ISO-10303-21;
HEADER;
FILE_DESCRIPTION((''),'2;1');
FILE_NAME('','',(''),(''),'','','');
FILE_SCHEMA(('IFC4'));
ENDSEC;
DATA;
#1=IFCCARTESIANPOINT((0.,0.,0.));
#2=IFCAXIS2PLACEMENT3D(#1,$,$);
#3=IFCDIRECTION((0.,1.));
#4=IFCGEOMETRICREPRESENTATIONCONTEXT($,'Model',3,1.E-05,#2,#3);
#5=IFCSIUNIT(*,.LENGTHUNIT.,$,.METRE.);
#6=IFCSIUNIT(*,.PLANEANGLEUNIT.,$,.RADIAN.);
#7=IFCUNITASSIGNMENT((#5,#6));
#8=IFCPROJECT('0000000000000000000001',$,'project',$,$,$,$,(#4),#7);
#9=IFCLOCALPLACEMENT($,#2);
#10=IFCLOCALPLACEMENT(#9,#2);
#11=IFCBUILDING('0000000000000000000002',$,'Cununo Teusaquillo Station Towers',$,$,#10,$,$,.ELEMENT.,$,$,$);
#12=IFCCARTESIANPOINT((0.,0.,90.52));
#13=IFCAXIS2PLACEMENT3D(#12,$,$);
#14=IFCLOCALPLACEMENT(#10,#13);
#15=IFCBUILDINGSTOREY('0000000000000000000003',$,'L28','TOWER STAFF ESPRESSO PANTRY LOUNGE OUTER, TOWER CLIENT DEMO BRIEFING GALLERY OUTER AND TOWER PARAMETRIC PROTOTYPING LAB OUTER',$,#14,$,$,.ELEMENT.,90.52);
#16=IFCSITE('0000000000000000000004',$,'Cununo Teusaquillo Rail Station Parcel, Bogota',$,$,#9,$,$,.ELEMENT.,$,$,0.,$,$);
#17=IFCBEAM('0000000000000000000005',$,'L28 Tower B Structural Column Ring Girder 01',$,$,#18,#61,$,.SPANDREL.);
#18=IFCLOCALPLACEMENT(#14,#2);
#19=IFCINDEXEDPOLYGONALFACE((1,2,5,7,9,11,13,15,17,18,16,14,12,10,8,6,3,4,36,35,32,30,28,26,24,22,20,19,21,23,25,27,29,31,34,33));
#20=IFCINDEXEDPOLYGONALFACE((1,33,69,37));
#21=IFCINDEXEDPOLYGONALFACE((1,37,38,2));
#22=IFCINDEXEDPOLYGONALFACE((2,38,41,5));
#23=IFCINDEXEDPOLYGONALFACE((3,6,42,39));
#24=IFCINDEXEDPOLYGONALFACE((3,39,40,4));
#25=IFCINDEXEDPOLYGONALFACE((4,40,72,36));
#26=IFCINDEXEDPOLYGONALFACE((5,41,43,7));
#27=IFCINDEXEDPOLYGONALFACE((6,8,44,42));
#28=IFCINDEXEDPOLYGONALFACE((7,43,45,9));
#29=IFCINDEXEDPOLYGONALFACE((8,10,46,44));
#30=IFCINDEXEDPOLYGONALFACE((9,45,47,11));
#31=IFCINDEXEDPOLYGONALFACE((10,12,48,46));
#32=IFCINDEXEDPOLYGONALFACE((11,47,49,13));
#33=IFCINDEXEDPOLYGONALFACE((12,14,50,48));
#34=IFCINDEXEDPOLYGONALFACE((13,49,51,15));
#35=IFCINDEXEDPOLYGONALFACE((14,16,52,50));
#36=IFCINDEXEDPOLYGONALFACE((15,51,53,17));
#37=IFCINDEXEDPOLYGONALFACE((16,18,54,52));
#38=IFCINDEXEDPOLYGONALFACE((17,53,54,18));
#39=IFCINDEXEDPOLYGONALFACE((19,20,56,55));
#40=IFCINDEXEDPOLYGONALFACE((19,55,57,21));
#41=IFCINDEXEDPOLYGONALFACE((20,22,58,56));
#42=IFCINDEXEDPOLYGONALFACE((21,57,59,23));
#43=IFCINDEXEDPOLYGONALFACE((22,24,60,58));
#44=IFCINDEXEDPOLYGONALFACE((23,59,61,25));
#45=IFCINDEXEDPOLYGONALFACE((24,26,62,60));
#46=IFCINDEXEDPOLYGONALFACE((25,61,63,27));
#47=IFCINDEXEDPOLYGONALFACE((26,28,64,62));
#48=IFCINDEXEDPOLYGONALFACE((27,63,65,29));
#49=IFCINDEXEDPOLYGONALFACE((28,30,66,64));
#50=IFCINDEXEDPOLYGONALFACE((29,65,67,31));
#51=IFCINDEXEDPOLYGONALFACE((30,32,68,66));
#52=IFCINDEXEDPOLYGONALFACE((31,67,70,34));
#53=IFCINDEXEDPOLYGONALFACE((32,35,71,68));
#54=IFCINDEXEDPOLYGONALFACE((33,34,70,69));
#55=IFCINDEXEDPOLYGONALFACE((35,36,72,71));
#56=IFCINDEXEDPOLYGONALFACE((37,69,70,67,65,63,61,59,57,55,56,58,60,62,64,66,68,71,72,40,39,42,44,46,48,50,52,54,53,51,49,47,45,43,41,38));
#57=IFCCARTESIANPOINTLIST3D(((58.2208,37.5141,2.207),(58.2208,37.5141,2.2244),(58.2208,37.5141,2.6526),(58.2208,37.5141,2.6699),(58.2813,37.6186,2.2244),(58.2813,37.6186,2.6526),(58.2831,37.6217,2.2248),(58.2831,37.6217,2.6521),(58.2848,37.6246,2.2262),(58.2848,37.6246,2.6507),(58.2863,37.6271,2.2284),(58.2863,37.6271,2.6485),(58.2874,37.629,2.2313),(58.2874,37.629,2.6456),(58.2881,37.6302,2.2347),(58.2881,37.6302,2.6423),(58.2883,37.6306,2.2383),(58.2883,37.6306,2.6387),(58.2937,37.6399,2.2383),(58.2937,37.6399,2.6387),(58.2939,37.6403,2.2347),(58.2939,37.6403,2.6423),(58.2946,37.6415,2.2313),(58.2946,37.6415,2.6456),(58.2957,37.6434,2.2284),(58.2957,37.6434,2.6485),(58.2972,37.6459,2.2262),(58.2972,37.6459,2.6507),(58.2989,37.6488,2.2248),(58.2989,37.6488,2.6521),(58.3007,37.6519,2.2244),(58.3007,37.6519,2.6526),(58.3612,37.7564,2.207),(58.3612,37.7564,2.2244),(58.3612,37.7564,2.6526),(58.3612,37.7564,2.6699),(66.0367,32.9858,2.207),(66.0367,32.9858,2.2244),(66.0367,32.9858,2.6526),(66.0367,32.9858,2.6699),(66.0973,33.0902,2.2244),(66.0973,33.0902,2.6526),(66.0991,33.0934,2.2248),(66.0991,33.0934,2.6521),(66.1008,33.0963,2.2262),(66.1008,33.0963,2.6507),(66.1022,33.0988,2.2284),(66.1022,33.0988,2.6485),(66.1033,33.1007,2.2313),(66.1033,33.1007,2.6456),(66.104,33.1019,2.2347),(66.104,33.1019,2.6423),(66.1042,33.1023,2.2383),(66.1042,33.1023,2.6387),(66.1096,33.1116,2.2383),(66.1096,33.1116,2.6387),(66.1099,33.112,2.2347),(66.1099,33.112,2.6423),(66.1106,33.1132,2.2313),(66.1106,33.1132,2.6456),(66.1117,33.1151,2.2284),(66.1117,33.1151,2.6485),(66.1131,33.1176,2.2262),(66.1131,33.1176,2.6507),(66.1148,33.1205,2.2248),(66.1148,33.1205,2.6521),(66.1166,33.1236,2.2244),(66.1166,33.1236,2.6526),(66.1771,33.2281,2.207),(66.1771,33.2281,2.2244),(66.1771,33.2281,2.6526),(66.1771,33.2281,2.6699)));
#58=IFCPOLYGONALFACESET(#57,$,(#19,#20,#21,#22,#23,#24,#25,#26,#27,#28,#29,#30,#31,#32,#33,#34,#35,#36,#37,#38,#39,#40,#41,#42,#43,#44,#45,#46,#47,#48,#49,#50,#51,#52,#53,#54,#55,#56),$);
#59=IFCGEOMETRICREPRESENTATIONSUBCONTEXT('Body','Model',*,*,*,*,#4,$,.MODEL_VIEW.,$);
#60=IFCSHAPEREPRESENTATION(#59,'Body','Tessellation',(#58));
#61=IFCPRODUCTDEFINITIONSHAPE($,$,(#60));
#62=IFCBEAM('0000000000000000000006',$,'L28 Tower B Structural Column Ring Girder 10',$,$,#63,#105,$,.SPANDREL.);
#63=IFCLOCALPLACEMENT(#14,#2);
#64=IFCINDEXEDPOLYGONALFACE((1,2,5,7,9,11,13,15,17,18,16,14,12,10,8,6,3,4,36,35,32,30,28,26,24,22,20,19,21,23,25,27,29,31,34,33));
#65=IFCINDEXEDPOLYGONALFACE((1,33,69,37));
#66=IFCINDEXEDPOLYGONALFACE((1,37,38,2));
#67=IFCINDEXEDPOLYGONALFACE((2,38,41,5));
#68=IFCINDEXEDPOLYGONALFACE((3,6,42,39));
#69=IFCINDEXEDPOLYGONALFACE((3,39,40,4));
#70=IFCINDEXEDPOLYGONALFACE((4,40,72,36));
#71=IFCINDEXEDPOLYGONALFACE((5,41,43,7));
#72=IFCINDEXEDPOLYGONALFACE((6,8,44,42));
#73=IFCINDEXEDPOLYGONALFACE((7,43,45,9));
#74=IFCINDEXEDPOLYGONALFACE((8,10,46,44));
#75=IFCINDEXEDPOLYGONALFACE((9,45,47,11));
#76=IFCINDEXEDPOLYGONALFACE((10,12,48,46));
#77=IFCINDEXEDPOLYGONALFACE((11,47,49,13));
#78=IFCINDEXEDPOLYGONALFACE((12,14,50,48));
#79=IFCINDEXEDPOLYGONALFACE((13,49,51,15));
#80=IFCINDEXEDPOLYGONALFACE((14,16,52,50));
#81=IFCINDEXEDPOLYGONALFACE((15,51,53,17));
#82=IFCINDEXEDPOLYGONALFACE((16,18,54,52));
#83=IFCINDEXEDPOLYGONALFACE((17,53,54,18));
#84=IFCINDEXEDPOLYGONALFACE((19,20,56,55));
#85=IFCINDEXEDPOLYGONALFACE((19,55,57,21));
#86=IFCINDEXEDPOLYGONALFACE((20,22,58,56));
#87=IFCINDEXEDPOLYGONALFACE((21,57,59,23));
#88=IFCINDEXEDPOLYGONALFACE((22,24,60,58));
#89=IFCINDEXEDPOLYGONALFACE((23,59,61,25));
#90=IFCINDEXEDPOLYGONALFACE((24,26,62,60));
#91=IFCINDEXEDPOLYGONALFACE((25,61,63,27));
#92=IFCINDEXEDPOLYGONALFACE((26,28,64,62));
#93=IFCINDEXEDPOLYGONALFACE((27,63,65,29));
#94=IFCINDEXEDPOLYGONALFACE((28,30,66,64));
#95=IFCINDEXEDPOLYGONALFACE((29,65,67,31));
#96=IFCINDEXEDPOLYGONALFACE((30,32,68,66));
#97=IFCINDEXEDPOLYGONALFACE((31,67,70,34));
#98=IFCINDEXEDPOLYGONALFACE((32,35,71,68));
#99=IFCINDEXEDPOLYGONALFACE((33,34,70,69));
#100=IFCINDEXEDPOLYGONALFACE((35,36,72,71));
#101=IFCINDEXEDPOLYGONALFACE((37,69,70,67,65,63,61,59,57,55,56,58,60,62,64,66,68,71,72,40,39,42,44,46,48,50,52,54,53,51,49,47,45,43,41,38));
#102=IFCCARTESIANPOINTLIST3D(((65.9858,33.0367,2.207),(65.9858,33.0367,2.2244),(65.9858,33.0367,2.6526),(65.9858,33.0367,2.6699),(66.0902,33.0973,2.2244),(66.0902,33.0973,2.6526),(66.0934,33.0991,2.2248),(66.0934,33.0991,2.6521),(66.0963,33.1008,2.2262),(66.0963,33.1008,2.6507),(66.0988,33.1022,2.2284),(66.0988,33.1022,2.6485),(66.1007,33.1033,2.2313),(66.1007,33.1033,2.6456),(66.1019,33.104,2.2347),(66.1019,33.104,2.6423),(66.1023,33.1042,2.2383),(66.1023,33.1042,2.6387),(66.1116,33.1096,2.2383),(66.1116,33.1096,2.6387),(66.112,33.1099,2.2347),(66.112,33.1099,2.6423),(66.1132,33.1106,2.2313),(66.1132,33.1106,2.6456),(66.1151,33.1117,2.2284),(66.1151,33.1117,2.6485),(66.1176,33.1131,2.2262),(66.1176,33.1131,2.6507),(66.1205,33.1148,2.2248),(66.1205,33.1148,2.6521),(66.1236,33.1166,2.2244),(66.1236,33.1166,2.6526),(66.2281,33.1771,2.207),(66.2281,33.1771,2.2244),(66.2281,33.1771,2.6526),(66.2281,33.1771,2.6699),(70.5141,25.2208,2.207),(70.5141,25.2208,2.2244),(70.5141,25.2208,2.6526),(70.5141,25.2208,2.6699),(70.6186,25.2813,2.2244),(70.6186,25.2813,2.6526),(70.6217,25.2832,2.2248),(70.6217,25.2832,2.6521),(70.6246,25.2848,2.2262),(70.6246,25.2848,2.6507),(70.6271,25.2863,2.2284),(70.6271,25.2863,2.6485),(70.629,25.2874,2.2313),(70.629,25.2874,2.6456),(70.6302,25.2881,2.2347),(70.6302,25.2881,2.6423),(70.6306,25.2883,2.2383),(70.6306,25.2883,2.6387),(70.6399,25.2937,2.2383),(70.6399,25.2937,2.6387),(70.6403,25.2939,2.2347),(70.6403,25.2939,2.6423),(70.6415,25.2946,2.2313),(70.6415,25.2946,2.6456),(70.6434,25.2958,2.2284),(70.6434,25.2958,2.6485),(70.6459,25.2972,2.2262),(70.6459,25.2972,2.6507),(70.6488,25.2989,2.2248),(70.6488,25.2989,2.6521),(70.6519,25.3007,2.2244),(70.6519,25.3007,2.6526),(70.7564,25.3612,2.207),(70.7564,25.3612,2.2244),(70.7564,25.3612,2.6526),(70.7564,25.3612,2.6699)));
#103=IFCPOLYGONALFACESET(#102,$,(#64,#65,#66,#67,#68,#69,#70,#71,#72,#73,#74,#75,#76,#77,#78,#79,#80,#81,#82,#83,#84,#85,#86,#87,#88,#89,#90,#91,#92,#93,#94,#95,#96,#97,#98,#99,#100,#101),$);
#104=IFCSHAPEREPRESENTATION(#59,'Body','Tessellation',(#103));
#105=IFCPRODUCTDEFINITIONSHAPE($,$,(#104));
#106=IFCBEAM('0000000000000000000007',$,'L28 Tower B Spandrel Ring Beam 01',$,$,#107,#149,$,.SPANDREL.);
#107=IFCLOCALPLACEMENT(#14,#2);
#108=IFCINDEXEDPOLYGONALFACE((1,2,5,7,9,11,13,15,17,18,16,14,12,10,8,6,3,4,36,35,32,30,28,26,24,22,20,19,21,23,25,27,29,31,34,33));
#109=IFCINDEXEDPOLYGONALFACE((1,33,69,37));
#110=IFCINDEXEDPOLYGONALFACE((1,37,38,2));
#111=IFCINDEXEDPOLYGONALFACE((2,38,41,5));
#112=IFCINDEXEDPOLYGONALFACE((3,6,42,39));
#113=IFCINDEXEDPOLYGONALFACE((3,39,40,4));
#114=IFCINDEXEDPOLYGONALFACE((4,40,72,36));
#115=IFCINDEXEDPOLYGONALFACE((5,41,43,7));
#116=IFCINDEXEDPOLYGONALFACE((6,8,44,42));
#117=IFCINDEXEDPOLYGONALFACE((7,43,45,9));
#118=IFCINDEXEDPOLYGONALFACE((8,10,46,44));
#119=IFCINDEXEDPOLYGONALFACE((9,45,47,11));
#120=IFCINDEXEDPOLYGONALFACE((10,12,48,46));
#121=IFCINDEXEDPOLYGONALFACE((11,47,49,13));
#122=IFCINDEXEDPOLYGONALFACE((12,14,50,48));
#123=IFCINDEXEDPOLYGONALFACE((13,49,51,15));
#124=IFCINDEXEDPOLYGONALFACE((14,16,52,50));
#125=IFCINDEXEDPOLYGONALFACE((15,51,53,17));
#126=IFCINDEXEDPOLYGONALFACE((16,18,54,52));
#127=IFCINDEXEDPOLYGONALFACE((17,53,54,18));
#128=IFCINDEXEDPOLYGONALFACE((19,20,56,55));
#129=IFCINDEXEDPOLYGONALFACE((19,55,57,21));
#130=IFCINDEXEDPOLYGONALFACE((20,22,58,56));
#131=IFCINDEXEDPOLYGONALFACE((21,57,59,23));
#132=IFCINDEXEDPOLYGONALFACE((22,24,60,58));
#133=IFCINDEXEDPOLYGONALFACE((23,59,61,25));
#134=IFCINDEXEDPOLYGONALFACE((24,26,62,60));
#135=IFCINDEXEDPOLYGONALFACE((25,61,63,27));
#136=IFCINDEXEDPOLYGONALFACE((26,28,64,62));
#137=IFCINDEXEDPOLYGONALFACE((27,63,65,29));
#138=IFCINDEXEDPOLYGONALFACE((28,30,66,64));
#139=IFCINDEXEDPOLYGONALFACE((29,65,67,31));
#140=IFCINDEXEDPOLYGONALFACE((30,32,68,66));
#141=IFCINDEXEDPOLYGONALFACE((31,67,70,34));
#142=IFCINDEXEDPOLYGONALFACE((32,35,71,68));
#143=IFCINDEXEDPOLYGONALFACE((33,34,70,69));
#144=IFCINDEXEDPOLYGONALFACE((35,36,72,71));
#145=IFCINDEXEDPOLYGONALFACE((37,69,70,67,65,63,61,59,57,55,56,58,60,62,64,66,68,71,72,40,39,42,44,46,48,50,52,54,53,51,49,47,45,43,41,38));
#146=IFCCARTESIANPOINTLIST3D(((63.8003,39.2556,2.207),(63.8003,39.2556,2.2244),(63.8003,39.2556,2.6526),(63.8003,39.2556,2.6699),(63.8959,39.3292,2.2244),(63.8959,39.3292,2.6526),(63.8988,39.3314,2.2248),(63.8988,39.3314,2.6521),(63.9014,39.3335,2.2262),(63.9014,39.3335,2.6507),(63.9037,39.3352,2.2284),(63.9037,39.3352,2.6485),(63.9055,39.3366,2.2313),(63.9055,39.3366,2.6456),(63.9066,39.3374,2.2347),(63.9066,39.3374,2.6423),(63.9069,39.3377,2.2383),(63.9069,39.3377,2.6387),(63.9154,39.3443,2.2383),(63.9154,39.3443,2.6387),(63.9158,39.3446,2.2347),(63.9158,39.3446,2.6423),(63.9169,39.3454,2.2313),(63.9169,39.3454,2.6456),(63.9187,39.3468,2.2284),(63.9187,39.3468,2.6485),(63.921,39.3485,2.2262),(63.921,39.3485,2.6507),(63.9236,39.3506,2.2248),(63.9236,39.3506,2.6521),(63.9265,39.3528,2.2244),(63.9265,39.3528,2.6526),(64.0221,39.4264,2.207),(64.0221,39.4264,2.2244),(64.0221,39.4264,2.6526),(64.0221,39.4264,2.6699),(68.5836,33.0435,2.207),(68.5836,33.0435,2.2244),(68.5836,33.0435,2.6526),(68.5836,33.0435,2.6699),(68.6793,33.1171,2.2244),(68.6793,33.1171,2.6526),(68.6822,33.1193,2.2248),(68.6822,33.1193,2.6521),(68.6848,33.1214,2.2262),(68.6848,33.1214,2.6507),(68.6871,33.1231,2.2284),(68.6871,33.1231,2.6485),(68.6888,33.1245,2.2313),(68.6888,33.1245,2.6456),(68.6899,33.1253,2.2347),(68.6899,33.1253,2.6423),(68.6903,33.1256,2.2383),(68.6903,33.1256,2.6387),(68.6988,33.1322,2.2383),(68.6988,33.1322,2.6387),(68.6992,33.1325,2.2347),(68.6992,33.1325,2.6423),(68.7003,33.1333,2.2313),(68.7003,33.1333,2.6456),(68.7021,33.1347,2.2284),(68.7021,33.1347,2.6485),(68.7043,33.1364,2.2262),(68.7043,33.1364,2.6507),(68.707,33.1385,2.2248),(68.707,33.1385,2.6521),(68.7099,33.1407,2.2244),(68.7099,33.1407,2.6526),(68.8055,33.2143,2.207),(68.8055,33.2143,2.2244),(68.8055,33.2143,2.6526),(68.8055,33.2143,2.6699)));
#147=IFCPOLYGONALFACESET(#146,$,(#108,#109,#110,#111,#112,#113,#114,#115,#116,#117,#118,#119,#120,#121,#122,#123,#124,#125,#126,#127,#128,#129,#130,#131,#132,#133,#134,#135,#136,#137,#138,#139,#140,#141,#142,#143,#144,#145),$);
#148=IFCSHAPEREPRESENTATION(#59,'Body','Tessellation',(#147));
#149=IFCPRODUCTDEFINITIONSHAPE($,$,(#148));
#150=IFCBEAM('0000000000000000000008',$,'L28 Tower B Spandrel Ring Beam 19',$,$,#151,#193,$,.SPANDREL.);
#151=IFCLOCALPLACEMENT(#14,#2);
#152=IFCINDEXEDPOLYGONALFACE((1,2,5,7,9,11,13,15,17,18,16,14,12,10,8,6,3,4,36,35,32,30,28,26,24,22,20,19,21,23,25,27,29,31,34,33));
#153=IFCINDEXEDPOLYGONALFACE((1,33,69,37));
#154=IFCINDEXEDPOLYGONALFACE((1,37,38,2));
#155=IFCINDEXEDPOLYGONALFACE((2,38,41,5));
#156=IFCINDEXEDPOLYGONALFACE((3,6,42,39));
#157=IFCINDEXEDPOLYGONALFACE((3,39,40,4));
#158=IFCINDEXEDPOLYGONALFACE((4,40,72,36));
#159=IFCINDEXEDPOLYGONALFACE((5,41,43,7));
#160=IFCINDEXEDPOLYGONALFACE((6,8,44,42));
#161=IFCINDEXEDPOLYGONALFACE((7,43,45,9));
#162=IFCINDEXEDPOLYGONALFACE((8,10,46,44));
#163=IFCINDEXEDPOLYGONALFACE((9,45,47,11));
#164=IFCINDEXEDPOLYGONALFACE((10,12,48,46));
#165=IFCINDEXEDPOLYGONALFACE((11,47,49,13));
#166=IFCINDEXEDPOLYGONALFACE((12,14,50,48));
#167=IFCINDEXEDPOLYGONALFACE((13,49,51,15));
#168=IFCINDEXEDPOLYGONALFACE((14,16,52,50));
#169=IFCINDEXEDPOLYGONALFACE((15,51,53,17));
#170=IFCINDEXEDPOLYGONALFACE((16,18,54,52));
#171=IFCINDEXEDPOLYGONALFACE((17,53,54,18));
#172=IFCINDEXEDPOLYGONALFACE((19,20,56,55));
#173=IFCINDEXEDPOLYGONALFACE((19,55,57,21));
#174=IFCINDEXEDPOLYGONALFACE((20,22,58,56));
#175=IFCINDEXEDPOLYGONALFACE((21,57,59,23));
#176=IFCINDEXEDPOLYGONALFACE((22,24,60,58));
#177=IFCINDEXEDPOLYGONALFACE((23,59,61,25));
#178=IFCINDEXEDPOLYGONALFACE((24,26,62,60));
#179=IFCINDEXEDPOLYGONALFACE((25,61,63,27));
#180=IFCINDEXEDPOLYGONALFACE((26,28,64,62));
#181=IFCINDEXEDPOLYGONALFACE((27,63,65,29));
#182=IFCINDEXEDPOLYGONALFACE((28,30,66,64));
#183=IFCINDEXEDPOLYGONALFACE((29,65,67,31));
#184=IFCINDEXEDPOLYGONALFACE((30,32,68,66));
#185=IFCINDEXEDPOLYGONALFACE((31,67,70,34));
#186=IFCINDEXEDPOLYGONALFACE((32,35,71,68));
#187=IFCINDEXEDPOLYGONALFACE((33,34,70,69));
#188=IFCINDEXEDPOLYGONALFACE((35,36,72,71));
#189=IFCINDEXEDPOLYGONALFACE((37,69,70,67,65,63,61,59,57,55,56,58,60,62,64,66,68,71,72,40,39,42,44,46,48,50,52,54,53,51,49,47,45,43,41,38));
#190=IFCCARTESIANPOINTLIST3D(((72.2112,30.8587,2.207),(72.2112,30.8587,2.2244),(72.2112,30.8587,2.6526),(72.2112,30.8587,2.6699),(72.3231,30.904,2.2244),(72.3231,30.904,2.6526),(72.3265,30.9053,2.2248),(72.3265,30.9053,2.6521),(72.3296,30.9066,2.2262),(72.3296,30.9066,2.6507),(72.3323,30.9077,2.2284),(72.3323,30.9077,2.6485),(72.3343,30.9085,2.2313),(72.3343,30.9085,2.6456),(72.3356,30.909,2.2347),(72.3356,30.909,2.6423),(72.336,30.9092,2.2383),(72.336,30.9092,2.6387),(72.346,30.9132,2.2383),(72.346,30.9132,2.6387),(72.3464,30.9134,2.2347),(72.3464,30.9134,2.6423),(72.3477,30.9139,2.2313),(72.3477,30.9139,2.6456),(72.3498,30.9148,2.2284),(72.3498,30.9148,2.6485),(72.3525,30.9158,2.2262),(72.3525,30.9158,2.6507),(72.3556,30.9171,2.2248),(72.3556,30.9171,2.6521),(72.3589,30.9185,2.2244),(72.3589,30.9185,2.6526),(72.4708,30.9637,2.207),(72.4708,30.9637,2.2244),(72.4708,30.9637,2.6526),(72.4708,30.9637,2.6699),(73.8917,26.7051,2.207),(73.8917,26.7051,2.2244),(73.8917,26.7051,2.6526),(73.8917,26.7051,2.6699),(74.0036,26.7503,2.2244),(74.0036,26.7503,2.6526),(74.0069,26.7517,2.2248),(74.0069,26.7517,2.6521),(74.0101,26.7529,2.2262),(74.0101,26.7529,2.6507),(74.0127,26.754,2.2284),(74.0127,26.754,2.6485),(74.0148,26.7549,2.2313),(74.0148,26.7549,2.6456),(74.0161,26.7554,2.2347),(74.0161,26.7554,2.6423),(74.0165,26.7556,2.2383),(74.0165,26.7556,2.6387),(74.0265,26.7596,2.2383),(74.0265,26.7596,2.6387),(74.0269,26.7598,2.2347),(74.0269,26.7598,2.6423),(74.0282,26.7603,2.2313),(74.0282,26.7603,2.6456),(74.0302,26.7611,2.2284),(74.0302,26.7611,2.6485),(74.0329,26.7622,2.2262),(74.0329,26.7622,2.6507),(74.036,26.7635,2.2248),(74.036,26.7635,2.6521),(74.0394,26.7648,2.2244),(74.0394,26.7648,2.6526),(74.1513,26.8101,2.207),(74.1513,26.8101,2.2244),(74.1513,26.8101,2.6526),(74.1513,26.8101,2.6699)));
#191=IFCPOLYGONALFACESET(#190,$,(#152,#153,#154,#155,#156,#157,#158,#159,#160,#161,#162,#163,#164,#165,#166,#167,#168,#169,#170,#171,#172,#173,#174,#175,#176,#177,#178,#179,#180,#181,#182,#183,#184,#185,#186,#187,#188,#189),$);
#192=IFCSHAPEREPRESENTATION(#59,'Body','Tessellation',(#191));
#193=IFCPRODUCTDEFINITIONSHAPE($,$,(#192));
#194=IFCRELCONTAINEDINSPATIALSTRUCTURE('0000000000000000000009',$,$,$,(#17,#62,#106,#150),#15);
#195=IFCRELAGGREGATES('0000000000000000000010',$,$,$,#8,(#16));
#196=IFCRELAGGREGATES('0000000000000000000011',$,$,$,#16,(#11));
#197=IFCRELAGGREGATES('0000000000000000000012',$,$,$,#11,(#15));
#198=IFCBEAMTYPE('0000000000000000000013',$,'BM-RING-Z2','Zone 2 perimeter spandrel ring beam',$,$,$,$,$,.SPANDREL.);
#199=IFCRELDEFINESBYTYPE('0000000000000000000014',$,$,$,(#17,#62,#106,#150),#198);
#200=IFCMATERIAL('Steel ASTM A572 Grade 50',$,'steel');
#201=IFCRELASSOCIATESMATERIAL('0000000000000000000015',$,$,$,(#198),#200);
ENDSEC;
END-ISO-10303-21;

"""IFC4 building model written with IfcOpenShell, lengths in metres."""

from ifc_helpers import new_model, si_unit, direction, frame, origin, origin_2d, place, context, subcontext, project, spatial, i_section, extrude, material, material_profile, profile_set, type_object, element, save


model = new_model("IFC4")

# Units and contexts
model_context = context("Model", 3, precision=1e-05, world=origin(), true_north=direction((0.0, 1.0)))
body_context = subcontext(model_context, "Body", "Model", "MODEL_VIEW")
ifc_project = project(units=[si_unit("LENGTHUNIT", "METRE"), si_unit("PLANEANGLEUNIT", "RADIAN")], contexts=[model_context])

# Site, building, storey
site_placement = place(None, origin())
site = spatial("IfcSite", under=ifc_project, at=site_placement, Name="Cununo Teusaquillo Rail Station Parcel, Bogota", CompositionType="ELEMENT", RefElevation=0.0)
building_placement = place(site_placement, origin())
building = spatial("IfcBuilding", under=site, at=building_placement, Name="Cununo Teusaquillo Station Towers", CompositionType="ELEMENT")
storey_placement = place(building_placement, frame((0.0, 0.0, 90.52)))
storey = spatial("IfcBuildingStorey", under=building, at=storey_placement, Name="L28", Description="TOWER STAFF ESPRESSO PANTRY LOUNGE OUTER, TOWER CLIENT DEMO BRIEFING GALLERY OUTER AND TOWER PARAMETRIC PROTOTYPING LAB OUTER", CompositionType="ELEMENT", Elevation=90.52)

# Beams
ifc_material_1 = material(Name="Steel ASTM A572 Grade 50", Category="steel")
ifc_material_profile_1 = material_profile(ifc_material_1, i_section(OverallWidth=0.28, OverallDepth=0.4629, WebThickness=0.0107, FlangeThickness=0.0173, FilletRadius=0.0139, at=origin_2d()), Name="W18X76")
ifc_profile_set_1 = profile_set([ifc_material_profile_1], Name="Steel ASTM A572 Grade 50")
beam_type_1 = type_object("IfcBeamType", Name="BM-RING-Z2", Description="Zone 2 perimeter spandrel ring beam", PredefinedType="SPANDREL", material=ifc_profile_set_1)
for number, where, z_axis, x_axis, name in (
    (1, (66.1069, 33.1069, 2.4385), (-0.865267, 0.501311, 0.0), (-0.501311, -0.865267, 0.0), "L28 Tower B Structural Column Ring Girder 01"),
    (2, (70.6353, 25.291, 2.4385), (-0.501311, 0.865267, 0.0), (-0.865267, -0.501311, 0.0), "L28 Tower B Structural Column Ring Girder 10"),
):
    element("IfcBeam", number, at=place(storey_placement, frame(where, z_axis=z_axis, x_axis=x_axis)), inside=storey, type_object=beam_type_1, Name=name, PredefinedType="SPANDREL", context=body_context, shape_type="SweptSolid", body=[
        extrude(i_section(OverallWidth=0.28, OverallDepth=0.4629, WebThickness=0.0107, FlangeThickness=0.0173, FilletRadius=0.0139, at=origin_2d()), origin(), (0.0, 0.0, 1.0), 9.033),
    ])
beam_1_placement = place(storey_placement, frame((68.6946, 33.1289, 2.4385), z_axis=(-0.6101, 0.792324, 0.0), x_axis=(-0.792324, -0.6101, 0.0)))
element("IfcBeam", 3, at=beam_1_placement, inside=storey, type_object=beam_type_1, Name="L28 Tower B Spandrel Ring Beam 01", PredefinedType="SPANDREL", context=body_context, shape_type="SweptSolid", body=[
    extrude(i_section(OverallWidth=0.28, OverallDepth=0.4629, WebThickness=0.0107, FlangeThickness=0.0173, FilletRadius=0.0139, at=origin_2d()), origin(), (0.0, 0.0, 1.0), 7.8403),
])
beam_2_placement = place(storey_placement, frame((74.0215, 26.7576, 2.4385), z_axis=(-0.375042, 0.927008, 0.0), x_axis=(-0.927008, -0.375042, 0.0)))
element("IfcBeam", 4, at=beam_2_placement, inside=storey, type_object=beam_type_1, Name="L28 Tower B Spandrel Ring Beam 19", PredefinedType="SPANDREL", context=body_context, shape_type="SweptSolid", body=[
    extrude(i_section(OverallWidth=0.28, OverallDepth=0.4629, WebThickness=0.0107, FlangeThickness=0.0173, FilletRadius=0.0139, at=origin_2d()), origin(), (0.0, 0.0, 1.0), 4.4807),
])

save(model, "model.ifc")
